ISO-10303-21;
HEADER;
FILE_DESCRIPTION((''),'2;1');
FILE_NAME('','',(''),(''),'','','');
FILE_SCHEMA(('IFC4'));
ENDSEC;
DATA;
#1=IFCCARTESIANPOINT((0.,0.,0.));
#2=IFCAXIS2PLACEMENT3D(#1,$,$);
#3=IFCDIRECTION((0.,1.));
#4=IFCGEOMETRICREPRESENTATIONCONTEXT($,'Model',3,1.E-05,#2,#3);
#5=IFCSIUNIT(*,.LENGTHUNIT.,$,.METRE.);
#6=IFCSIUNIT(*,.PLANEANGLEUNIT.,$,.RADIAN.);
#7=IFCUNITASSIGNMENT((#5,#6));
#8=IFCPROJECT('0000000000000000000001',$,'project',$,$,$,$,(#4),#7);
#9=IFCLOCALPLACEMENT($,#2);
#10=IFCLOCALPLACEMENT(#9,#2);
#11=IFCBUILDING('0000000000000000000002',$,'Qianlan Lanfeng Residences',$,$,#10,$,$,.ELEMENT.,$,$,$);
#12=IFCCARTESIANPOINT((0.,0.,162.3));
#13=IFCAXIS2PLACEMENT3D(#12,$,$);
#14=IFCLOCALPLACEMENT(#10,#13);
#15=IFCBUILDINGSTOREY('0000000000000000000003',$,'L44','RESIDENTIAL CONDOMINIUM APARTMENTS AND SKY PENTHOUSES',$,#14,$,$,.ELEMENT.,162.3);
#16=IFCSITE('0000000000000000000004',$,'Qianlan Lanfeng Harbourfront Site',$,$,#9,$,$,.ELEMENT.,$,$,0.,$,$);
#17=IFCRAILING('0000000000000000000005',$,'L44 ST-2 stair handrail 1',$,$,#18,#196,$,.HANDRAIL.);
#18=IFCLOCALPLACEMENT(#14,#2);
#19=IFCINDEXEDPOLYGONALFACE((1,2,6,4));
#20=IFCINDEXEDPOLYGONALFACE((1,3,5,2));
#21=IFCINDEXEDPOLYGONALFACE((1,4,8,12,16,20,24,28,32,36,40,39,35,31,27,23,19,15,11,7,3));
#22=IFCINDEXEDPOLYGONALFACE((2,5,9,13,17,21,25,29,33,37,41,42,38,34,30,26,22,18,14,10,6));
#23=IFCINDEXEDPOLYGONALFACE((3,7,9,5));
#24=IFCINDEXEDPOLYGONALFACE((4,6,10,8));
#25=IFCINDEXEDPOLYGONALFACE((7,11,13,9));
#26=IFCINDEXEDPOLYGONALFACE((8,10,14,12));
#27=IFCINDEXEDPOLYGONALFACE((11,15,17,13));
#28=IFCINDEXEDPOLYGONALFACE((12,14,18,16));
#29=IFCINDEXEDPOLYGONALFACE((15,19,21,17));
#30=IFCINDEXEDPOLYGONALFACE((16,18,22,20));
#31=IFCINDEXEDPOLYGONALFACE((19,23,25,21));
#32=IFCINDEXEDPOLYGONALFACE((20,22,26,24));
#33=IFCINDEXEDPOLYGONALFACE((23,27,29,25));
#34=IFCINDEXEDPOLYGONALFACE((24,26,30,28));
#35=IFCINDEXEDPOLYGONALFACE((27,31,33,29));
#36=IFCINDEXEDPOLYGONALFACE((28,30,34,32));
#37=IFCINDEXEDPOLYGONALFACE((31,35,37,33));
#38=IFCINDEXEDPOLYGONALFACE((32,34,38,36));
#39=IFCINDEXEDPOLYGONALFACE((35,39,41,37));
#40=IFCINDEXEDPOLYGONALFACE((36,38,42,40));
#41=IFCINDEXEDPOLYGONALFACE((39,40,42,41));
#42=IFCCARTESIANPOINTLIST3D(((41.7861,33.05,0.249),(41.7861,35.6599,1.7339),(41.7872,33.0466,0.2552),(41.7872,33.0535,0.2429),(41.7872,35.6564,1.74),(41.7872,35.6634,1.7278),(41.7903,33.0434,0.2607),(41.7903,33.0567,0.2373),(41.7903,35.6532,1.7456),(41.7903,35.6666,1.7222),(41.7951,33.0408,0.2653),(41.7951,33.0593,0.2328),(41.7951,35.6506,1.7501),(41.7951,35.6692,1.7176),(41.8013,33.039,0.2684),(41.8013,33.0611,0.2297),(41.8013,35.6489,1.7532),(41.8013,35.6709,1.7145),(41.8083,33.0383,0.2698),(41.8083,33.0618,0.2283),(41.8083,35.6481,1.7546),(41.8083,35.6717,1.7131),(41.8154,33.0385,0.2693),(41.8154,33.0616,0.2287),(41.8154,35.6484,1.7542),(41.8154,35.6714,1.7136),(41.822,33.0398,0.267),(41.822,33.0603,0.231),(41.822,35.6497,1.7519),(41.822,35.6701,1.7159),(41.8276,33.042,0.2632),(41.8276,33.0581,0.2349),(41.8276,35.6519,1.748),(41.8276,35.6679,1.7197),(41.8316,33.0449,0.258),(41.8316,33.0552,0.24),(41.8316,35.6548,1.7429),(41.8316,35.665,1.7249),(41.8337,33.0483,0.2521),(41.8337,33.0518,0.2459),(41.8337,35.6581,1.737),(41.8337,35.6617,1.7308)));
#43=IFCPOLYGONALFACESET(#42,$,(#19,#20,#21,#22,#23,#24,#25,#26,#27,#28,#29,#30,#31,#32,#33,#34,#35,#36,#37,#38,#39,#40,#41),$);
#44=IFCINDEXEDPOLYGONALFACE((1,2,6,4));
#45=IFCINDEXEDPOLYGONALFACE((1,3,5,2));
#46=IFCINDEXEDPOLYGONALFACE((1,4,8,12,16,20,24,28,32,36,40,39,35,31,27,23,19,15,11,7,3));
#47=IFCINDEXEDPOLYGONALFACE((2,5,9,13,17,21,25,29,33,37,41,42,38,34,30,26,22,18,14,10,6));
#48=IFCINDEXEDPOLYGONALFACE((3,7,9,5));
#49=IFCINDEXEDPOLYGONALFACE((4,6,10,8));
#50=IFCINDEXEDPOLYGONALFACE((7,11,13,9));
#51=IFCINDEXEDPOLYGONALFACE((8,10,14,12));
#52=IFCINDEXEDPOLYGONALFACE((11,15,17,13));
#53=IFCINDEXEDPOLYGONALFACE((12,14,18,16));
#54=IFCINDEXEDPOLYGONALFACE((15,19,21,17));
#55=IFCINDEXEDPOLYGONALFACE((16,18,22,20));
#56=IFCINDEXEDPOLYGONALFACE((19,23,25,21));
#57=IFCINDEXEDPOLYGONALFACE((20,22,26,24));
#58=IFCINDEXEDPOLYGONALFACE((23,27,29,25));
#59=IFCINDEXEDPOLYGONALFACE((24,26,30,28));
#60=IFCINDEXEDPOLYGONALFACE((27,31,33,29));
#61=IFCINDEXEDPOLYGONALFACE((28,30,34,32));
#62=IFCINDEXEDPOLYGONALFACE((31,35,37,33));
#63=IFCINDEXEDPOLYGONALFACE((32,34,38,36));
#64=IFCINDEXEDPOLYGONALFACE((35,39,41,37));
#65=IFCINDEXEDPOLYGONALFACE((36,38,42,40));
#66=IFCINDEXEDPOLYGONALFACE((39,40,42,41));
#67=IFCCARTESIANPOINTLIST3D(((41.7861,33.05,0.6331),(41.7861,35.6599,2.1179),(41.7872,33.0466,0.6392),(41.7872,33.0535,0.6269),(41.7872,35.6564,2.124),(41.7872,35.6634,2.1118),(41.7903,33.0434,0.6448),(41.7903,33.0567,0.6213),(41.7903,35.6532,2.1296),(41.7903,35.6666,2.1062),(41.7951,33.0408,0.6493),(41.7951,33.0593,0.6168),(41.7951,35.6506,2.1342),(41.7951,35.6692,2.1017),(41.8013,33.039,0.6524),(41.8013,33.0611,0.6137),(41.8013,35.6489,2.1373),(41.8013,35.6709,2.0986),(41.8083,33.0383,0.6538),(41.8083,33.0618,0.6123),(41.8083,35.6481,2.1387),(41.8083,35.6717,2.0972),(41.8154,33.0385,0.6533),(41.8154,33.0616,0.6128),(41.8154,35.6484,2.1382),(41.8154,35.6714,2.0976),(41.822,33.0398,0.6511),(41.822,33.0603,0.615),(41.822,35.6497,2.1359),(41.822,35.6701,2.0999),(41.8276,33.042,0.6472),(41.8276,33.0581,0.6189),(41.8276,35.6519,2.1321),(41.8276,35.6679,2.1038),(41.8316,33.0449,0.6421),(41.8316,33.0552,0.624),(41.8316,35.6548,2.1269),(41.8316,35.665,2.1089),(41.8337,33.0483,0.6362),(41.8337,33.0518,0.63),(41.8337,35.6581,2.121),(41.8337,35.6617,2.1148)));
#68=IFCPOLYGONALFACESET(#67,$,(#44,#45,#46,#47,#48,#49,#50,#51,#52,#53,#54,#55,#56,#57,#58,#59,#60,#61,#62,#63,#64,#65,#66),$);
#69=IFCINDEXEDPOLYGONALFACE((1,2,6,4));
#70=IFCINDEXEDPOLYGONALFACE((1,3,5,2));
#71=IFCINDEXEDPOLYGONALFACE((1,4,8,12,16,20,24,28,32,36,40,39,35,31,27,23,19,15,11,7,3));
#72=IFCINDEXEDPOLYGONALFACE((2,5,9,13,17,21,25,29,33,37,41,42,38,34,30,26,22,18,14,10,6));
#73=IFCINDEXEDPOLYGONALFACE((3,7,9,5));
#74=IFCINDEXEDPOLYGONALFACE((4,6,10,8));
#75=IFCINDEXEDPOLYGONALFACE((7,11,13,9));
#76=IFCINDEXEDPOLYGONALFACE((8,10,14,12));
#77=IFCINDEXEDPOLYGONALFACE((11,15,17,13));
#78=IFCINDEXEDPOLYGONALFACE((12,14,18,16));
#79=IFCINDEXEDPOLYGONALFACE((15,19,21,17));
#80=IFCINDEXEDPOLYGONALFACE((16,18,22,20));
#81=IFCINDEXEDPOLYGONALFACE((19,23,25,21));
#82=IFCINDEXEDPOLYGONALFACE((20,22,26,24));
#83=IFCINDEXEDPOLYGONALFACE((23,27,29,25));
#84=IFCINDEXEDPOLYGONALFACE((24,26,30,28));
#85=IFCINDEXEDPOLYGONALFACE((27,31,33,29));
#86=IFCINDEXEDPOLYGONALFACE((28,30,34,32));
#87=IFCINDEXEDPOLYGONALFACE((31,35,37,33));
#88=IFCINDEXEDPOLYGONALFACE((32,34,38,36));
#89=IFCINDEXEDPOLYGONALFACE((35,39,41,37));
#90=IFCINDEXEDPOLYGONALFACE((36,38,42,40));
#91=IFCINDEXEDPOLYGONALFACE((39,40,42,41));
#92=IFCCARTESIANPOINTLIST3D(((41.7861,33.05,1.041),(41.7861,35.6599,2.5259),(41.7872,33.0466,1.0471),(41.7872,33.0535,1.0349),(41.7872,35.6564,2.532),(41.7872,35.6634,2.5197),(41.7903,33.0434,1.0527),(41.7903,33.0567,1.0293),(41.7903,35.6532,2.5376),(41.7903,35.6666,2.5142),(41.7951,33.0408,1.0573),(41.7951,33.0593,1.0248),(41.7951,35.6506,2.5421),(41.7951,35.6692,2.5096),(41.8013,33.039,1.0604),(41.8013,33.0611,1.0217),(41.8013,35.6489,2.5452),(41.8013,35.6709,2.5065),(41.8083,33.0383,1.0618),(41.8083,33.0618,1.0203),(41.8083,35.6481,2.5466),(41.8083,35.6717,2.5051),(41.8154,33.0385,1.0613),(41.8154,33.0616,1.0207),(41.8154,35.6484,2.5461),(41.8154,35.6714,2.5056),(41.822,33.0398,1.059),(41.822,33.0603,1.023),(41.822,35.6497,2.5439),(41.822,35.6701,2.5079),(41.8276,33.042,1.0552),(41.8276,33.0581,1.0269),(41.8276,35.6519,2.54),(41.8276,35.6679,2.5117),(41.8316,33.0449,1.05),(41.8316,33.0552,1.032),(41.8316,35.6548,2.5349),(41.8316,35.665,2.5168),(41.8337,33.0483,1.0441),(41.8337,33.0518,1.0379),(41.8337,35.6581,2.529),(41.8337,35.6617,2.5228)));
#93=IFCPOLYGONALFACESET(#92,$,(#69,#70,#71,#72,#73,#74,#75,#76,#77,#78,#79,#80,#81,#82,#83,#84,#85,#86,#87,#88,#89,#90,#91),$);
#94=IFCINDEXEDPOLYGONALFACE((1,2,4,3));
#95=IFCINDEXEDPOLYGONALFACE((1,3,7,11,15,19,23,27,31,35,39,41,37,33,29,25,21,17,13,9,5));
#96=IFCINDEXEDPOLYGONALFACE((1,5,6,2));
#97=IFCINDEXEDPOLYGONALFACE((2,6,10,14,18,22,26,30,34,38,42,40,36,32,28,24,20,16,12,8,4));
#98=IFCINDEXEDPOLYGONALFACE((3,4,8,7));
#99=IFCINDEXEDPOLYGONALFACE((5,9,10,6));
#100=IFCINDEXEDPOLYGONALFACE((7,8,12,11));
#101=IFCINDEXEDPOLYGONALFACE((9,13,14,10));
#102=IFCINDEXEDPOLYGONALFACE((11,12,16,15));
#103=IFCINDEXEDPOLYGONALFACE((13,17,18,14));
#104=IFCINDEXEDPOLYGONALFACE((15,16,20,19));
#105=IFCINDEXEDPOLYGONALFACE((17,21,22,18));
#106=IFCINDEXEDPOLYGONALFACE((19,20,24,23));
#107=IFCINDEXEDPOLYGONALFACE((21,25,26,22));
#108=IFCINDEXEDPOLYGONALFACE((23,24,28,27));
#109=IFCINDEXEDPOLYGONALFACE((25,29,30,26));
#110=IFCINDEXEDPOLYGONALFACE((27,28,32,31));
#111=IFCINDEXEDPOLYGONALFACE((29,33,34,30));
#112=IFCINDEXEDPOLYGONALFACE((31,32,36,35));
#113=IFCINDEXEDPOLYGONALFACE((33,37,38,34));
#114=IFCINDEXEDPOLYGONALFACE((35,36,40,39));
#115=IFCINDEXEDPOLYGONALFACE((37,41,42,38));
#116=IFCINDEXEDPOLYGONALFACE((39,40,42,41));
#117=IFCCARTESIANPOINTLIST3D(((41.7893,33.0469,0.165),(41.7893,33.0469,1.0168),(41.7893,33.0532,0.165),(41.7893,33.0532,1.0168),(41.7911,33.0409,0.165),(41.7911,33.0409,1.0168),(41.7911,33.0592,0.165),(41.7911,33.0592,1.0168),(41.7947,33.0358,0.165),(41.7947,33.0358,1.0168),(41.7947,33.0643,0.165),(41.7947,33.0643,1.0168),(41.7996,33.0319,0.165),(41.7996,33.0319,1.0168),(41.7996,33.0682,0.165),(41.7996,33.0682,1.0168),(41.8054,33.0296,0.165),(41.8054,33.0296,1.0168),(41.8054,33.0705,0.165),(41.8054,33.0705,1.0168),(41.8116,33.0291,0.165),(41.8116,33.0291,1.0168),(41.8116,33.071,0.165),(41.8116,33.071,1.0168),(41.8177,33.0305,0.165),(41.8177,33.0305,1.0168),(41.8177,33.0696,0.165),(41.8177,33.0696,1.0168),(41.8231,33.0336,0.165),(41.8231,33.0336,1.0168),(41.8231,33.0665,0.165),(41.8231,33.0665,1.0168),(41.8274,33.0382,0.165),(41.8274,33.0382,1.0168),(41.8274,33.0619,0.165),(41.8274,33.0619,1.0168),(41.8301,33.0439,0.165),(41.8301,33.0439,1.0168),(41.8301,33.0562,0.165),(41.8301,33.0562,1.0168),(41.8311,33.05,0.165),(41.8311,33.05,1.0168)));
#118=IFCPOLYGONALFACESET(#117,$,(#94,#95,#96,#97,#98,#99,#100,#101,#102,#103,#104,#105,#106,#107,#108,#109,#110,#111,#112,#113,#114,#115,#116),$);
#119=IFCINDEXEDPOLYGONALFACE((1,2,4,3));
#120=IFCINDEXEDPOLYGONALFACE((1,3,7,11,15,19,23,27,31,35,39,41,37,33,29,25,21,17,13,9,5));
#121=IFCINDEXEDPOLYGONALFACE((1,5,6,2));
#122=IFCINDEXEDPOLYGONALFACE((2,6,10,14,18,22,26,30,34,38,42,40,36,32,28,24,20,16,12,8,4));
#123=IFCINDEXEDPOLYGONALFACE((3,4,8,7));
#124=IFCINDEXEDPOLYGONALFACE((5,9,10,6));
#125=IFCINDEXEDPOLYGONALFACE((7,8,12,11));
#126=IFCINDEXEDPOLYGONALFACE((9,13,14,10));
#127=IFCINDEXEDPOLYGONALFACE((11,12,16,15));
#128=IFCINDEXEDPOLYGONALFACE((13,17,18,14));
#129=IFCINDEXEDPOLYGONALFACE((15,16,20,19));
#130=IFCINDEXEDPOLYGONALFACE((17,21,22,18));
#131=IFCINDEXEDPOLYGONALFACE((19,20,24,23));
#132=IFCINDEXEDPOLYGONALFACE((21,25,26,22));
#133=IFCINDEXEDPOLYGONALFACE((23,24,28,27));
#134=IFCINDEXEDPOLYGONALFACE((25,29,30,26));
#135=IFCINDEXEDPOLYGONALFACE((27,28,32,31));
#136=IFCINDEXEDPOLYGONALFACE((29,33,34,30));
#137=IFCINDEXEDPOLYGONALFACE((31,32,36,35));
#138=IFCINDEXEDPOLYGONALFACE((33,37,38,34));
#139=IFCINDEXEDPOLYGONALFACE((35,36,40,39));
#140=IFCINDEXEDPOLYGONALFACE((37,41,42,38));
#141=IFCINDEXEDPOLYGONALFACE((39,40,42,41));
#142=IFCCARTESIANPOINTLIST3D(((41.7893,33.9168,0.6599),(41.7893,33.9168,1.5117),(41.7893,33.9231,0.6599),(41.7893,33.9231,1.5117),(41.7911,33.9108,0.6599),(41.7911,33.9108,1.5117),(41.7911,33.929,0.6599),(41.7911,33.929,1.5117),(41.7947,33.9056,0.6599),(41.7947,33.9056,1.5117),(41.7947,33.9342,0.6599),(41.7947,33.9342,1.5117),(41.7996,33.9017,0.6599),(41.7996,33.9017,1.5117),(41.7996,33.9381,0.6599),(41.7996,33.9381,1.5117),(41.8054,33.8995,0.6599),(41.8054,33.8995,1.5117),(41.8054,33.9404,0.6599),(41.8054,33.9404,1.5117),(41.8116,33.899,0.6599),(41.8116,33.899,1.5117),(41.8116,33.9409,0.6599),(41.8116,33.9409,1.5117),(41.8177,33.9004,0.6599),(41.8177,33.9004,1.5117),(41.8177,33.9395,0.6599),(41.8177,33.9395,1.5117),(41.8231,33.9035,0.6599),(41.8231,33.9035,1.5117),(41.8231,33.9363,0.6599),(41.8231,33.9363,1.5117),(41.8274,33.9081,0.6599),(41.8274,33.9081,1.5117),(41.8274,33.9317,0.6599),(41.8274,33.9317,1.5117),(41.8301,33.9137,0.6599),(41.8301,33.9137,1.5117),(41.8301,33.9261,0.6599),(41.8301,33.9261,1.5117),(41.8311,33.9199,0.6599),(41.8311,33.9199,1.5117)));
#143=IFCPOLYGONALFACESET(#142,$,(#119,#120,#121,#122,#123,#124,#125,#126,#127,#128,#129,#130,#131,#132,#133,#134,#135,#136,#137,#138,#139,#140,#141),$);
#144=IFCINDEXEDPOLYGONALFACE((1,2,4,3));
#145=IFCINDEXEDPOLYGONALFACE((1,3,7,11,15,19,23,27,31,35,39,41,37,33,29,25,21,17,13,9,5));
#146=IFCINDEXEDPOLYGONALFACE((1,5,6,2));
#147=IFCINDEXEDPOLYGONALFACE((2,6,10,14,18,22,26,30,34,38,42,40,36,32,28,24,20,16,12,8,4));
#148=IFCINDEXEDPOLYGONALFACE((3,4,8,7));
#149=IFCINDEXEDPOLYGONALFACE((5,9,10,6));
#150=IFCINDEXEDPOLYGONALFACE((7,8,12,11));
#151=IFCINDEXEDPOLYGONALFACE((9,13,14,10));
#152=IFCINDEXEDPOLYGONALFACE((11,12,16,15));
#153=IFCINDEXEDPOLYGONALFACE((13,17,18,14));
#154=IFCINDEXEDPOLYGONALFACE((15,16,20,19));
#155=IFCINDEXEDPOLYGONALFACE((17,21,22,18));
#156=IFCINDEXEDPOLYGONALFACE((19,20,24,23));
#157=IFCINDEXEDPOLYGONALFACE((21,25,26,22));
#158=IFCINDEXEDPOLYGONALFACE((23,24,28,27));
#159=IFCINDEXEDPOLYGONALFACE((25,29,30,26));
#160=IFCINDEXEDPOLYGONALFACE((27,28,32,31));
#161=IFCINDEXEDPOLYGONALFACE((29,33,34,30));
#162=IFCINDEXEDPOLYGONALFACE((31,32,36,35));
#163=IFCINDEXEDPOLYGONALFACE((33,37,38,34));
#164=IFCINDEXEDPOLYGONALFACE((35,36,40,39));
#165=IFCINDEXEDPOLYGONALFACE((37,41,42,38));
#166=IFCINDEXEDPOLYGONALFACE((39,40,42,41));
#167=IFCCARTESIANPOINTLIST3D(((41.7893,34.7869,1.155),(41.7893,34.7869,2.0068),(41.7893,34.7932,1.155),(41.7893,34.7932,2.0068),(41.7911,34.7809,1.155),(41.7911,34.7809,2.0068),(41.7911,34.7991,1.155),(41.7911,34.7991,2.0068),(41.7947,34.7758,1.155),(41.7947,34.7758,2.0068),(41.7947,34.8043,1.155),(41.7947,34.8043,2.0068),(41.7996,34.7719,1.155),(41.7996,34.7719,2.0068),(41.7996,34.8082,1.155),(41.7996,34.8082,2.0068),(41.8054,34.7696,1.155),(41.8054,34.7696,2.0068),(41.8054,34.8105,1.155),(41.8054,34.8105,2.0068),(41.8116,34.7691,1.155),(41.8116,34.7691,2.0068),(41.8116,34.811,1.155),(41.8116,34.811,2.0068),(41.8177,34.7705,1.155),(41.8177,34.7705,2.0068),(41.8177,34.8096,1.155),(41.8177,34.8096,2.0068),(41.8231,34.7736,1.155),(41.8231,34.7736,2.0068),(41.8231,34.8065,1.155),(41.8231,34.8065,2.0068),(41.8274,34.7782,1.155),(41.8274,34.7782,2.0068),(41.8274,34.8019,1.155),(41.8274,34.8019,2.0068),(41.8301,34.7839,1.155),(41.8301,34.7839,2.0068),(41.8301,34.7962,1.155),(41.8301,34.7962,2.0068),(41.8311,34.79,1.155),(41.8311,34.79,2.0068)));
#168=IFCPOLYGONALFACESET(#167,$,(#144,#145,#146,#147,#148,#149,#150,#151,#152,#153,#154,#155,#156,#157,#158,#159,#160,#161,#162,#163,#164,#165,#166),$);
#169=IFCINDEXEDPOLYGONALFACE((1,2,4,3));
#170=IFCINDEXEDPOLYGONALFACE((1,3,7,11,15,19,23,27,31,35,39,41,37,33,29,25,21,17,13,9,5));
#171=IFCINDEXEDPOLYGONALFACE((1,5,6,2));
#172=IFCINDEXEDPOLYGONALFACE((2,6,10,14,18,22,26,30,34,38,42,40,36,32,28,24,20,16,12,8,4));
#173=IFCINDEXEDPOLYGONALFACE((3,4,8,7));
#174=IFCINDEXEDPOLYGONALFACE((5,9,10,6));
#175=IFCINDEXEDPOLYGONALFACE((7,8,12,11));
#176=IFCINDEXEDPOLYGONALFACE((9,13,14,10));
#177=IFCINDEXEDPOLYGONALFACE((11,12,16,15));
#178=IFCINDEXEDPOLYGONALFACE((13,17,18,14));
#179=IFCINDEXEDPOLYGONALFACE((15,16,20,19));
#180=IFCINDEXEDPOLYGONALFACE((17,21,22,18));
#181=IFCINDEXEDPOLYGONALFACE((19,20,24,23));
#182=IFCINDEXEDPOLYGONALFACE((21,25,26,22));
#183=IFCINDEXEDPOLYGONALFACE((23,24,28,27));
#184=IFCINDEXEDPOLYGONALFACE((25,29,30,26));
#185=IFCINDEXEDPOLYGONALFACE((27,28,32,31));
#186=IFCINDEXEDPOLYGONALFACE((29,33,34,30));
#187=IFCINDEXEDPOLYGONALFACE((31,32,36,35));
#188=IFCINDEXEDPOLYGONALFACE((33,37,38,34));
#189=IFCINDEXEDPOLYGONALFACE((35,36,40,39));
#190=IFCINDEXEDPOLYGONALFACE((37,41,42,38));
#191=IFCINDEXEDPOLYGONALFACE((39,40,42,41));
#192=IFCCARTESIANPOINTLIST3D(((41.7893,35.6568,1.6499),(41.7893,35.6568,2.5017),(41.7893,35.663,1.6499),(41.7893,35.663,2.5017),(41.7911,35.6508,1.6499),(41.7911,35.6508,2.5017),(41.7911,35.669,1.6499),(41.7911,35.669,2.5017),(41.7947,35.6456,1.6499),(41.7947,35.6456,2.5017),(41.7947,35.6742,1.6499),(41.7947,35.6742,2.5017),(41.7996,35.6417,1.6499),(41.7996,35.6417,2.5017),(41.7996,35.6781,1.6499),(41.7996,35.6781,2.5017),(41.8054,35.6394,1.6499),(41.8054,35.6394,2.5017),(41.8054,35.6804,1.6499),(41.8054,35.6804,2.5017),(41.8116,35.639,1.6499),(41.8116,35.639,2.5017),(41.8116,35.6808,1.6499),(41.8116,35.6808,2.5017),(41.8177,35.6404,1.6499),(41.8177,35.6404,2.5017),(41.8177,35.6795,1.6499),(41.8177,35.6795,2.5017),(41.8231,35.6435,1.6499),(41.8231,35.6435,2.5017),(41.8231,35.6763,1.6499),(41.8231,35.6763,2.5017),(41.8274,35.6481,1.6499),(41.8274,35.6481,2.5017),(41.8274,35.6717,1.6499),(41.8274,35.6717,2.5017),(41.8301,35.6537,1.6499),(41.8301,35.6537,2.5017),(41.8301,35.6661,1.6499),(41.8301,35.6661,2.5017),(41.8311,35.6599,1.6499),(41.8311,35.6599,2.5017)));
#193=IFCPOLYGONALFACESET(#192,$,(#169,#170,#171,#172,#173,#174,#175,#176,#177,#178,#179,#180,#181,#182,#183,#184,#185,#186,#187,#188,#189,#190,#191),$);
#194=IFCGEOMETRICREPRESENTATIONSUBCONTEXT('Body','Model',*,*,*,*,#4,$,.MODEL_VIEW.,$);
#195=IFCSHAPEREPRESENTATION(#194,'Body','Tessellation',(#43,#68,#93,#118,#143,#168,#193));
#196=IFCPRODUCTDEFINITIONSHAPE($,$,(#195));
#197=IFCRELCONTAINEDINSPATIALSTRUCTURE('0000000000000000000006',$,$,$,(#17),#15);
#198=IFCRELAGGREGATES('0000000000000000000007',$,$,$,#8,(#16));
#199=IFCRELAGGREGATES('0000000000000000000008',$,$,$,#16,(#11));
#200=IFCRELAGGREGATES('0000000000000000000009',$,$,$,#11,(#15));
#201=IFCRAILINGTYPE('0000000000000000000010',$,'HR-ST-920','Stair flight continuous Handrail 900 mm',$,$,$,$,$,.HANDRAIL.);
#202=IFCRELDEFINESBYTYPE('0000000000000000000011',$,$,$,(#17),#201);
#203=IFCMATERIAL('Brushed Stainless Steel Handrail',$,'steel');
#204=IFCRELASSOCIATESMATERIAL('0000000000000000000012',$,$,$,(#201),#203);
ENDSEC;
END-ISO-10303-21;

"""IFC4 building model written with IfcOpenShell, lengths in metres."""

from ifc_helpers import new_model, si_unit, direction, frame, origin, origin_2d, place, context, subcontext, project, spatial, circle, extrude, material, type_object, element, save


model = new_model("IFC4")

# Units and contexts
model_context = context("Model", 3, precision=1e-05, world=origin(), true_north=direction((0.0, 1.0)))
body_context = subcontext(model_context, "Body", "Model", "MODEL_VIEW")
ifc_project = project(units=[si_unit("LENGTHUNIT", "METRE"), si_unit("PLANEANGLEUNIT", "RADIAN")], contexts=[model_context])

# Site, building, storey
site_placement = place(None, origin())
site = spatial("IfcSite", under=ifc_project, at=site_placement, Name="Qianlan Lanfeng Harbourfront Site", CompositionType="ELEMENT", RefElevation=0.0)
building_placement = place(site_placement, origin())
building = spatial("IfcBuilding", under=site, at=building_placement, Name="Qianlan Lanfeng Residences", CompositionType="ELEMENT")
storey_placement = place(building_placement, frame((0.0, 0.0, 162.3)))
storey = spatial("IfcBuildingStorey", under=building, at=storey_placement, Name="L44", Description="RESIDENTIAL CONDOMINIUM APARTMENTS AND SKY PENTHOUSES", CompositionType="ELEMENT", Elevation=162.3)

# Railing
ifc_material_1 = material(Name="Brushed Stainless Steel Handrail", Category="steel")
railing_type_1 = type_object("IfcRailingType", Name="HR-ST-920", Description="Stair flight continuous Handrail 900 mm", PredefinedType="HANDRAIL", material=ifc_material_1)
railing_1_placement = place(storey_placement, frame((41.8101, 33.05, 0.165)))
element("IfcRailing", 1, at=railing_1_placement, inside=storey, type_object=railing_type_1, Name="L44 ST-2 stair handrail 1", PredefinedType="HANDRAIL", context=body_context, shape_type="SweptSolid", body=[
    extrude(circle(Radius=0.0239, at=origin_2d()), frame((0.0, 0.0, 0.084), z_axis=(0.0, 0.869172, 0.494509), x_axis=(-1.0, 0.0, 0.0)), (0.0, 0.0, 1.0), 3.0027),
    extrude(circle(Radius=0.0239, at=origin_2d()), frame((0.0, 0.0, 0.468), z_axis=(0.0, 0.869172, 0.494509), x_axis=(-1.0, 0.0, 0.0)), (0.0, 0.0, 1.0), 3.0027),
    extrude(circle(Radius=0.0239, at=origin_2d()), frame((0.0, 0.0, 0.876), z_axis=(0.0, 0.869172, 0.494509), x_axis=(-1.0, 0.0, 0.0)), (0.0, 0.0, 1.0), 3.0027),
    extrude(circle(Radius=0.021, at=origin_2d()), origin(), (0.0, 0.0, 1.0), 0.8518),
    extrude(circle(Radius=0.021, at=origin_2d()), frame((0.0, 0.8699, 0.4949)), (0.0, 0.0, 1.0), 0.8518),
    extrude(circle(Radius=0.021, at=origin_2d()), frame((0.0, 1.74, 0.99)), (0.0, 0.0, 1.0), 0.8518),
    extrude(circle(Radius=0.021, at=origin_2d()), frame((0.0, 2.6099, 1.4849)), (0.0, 0.0, 1.0), 0.8518),
])

save(model, "model.ifc")
